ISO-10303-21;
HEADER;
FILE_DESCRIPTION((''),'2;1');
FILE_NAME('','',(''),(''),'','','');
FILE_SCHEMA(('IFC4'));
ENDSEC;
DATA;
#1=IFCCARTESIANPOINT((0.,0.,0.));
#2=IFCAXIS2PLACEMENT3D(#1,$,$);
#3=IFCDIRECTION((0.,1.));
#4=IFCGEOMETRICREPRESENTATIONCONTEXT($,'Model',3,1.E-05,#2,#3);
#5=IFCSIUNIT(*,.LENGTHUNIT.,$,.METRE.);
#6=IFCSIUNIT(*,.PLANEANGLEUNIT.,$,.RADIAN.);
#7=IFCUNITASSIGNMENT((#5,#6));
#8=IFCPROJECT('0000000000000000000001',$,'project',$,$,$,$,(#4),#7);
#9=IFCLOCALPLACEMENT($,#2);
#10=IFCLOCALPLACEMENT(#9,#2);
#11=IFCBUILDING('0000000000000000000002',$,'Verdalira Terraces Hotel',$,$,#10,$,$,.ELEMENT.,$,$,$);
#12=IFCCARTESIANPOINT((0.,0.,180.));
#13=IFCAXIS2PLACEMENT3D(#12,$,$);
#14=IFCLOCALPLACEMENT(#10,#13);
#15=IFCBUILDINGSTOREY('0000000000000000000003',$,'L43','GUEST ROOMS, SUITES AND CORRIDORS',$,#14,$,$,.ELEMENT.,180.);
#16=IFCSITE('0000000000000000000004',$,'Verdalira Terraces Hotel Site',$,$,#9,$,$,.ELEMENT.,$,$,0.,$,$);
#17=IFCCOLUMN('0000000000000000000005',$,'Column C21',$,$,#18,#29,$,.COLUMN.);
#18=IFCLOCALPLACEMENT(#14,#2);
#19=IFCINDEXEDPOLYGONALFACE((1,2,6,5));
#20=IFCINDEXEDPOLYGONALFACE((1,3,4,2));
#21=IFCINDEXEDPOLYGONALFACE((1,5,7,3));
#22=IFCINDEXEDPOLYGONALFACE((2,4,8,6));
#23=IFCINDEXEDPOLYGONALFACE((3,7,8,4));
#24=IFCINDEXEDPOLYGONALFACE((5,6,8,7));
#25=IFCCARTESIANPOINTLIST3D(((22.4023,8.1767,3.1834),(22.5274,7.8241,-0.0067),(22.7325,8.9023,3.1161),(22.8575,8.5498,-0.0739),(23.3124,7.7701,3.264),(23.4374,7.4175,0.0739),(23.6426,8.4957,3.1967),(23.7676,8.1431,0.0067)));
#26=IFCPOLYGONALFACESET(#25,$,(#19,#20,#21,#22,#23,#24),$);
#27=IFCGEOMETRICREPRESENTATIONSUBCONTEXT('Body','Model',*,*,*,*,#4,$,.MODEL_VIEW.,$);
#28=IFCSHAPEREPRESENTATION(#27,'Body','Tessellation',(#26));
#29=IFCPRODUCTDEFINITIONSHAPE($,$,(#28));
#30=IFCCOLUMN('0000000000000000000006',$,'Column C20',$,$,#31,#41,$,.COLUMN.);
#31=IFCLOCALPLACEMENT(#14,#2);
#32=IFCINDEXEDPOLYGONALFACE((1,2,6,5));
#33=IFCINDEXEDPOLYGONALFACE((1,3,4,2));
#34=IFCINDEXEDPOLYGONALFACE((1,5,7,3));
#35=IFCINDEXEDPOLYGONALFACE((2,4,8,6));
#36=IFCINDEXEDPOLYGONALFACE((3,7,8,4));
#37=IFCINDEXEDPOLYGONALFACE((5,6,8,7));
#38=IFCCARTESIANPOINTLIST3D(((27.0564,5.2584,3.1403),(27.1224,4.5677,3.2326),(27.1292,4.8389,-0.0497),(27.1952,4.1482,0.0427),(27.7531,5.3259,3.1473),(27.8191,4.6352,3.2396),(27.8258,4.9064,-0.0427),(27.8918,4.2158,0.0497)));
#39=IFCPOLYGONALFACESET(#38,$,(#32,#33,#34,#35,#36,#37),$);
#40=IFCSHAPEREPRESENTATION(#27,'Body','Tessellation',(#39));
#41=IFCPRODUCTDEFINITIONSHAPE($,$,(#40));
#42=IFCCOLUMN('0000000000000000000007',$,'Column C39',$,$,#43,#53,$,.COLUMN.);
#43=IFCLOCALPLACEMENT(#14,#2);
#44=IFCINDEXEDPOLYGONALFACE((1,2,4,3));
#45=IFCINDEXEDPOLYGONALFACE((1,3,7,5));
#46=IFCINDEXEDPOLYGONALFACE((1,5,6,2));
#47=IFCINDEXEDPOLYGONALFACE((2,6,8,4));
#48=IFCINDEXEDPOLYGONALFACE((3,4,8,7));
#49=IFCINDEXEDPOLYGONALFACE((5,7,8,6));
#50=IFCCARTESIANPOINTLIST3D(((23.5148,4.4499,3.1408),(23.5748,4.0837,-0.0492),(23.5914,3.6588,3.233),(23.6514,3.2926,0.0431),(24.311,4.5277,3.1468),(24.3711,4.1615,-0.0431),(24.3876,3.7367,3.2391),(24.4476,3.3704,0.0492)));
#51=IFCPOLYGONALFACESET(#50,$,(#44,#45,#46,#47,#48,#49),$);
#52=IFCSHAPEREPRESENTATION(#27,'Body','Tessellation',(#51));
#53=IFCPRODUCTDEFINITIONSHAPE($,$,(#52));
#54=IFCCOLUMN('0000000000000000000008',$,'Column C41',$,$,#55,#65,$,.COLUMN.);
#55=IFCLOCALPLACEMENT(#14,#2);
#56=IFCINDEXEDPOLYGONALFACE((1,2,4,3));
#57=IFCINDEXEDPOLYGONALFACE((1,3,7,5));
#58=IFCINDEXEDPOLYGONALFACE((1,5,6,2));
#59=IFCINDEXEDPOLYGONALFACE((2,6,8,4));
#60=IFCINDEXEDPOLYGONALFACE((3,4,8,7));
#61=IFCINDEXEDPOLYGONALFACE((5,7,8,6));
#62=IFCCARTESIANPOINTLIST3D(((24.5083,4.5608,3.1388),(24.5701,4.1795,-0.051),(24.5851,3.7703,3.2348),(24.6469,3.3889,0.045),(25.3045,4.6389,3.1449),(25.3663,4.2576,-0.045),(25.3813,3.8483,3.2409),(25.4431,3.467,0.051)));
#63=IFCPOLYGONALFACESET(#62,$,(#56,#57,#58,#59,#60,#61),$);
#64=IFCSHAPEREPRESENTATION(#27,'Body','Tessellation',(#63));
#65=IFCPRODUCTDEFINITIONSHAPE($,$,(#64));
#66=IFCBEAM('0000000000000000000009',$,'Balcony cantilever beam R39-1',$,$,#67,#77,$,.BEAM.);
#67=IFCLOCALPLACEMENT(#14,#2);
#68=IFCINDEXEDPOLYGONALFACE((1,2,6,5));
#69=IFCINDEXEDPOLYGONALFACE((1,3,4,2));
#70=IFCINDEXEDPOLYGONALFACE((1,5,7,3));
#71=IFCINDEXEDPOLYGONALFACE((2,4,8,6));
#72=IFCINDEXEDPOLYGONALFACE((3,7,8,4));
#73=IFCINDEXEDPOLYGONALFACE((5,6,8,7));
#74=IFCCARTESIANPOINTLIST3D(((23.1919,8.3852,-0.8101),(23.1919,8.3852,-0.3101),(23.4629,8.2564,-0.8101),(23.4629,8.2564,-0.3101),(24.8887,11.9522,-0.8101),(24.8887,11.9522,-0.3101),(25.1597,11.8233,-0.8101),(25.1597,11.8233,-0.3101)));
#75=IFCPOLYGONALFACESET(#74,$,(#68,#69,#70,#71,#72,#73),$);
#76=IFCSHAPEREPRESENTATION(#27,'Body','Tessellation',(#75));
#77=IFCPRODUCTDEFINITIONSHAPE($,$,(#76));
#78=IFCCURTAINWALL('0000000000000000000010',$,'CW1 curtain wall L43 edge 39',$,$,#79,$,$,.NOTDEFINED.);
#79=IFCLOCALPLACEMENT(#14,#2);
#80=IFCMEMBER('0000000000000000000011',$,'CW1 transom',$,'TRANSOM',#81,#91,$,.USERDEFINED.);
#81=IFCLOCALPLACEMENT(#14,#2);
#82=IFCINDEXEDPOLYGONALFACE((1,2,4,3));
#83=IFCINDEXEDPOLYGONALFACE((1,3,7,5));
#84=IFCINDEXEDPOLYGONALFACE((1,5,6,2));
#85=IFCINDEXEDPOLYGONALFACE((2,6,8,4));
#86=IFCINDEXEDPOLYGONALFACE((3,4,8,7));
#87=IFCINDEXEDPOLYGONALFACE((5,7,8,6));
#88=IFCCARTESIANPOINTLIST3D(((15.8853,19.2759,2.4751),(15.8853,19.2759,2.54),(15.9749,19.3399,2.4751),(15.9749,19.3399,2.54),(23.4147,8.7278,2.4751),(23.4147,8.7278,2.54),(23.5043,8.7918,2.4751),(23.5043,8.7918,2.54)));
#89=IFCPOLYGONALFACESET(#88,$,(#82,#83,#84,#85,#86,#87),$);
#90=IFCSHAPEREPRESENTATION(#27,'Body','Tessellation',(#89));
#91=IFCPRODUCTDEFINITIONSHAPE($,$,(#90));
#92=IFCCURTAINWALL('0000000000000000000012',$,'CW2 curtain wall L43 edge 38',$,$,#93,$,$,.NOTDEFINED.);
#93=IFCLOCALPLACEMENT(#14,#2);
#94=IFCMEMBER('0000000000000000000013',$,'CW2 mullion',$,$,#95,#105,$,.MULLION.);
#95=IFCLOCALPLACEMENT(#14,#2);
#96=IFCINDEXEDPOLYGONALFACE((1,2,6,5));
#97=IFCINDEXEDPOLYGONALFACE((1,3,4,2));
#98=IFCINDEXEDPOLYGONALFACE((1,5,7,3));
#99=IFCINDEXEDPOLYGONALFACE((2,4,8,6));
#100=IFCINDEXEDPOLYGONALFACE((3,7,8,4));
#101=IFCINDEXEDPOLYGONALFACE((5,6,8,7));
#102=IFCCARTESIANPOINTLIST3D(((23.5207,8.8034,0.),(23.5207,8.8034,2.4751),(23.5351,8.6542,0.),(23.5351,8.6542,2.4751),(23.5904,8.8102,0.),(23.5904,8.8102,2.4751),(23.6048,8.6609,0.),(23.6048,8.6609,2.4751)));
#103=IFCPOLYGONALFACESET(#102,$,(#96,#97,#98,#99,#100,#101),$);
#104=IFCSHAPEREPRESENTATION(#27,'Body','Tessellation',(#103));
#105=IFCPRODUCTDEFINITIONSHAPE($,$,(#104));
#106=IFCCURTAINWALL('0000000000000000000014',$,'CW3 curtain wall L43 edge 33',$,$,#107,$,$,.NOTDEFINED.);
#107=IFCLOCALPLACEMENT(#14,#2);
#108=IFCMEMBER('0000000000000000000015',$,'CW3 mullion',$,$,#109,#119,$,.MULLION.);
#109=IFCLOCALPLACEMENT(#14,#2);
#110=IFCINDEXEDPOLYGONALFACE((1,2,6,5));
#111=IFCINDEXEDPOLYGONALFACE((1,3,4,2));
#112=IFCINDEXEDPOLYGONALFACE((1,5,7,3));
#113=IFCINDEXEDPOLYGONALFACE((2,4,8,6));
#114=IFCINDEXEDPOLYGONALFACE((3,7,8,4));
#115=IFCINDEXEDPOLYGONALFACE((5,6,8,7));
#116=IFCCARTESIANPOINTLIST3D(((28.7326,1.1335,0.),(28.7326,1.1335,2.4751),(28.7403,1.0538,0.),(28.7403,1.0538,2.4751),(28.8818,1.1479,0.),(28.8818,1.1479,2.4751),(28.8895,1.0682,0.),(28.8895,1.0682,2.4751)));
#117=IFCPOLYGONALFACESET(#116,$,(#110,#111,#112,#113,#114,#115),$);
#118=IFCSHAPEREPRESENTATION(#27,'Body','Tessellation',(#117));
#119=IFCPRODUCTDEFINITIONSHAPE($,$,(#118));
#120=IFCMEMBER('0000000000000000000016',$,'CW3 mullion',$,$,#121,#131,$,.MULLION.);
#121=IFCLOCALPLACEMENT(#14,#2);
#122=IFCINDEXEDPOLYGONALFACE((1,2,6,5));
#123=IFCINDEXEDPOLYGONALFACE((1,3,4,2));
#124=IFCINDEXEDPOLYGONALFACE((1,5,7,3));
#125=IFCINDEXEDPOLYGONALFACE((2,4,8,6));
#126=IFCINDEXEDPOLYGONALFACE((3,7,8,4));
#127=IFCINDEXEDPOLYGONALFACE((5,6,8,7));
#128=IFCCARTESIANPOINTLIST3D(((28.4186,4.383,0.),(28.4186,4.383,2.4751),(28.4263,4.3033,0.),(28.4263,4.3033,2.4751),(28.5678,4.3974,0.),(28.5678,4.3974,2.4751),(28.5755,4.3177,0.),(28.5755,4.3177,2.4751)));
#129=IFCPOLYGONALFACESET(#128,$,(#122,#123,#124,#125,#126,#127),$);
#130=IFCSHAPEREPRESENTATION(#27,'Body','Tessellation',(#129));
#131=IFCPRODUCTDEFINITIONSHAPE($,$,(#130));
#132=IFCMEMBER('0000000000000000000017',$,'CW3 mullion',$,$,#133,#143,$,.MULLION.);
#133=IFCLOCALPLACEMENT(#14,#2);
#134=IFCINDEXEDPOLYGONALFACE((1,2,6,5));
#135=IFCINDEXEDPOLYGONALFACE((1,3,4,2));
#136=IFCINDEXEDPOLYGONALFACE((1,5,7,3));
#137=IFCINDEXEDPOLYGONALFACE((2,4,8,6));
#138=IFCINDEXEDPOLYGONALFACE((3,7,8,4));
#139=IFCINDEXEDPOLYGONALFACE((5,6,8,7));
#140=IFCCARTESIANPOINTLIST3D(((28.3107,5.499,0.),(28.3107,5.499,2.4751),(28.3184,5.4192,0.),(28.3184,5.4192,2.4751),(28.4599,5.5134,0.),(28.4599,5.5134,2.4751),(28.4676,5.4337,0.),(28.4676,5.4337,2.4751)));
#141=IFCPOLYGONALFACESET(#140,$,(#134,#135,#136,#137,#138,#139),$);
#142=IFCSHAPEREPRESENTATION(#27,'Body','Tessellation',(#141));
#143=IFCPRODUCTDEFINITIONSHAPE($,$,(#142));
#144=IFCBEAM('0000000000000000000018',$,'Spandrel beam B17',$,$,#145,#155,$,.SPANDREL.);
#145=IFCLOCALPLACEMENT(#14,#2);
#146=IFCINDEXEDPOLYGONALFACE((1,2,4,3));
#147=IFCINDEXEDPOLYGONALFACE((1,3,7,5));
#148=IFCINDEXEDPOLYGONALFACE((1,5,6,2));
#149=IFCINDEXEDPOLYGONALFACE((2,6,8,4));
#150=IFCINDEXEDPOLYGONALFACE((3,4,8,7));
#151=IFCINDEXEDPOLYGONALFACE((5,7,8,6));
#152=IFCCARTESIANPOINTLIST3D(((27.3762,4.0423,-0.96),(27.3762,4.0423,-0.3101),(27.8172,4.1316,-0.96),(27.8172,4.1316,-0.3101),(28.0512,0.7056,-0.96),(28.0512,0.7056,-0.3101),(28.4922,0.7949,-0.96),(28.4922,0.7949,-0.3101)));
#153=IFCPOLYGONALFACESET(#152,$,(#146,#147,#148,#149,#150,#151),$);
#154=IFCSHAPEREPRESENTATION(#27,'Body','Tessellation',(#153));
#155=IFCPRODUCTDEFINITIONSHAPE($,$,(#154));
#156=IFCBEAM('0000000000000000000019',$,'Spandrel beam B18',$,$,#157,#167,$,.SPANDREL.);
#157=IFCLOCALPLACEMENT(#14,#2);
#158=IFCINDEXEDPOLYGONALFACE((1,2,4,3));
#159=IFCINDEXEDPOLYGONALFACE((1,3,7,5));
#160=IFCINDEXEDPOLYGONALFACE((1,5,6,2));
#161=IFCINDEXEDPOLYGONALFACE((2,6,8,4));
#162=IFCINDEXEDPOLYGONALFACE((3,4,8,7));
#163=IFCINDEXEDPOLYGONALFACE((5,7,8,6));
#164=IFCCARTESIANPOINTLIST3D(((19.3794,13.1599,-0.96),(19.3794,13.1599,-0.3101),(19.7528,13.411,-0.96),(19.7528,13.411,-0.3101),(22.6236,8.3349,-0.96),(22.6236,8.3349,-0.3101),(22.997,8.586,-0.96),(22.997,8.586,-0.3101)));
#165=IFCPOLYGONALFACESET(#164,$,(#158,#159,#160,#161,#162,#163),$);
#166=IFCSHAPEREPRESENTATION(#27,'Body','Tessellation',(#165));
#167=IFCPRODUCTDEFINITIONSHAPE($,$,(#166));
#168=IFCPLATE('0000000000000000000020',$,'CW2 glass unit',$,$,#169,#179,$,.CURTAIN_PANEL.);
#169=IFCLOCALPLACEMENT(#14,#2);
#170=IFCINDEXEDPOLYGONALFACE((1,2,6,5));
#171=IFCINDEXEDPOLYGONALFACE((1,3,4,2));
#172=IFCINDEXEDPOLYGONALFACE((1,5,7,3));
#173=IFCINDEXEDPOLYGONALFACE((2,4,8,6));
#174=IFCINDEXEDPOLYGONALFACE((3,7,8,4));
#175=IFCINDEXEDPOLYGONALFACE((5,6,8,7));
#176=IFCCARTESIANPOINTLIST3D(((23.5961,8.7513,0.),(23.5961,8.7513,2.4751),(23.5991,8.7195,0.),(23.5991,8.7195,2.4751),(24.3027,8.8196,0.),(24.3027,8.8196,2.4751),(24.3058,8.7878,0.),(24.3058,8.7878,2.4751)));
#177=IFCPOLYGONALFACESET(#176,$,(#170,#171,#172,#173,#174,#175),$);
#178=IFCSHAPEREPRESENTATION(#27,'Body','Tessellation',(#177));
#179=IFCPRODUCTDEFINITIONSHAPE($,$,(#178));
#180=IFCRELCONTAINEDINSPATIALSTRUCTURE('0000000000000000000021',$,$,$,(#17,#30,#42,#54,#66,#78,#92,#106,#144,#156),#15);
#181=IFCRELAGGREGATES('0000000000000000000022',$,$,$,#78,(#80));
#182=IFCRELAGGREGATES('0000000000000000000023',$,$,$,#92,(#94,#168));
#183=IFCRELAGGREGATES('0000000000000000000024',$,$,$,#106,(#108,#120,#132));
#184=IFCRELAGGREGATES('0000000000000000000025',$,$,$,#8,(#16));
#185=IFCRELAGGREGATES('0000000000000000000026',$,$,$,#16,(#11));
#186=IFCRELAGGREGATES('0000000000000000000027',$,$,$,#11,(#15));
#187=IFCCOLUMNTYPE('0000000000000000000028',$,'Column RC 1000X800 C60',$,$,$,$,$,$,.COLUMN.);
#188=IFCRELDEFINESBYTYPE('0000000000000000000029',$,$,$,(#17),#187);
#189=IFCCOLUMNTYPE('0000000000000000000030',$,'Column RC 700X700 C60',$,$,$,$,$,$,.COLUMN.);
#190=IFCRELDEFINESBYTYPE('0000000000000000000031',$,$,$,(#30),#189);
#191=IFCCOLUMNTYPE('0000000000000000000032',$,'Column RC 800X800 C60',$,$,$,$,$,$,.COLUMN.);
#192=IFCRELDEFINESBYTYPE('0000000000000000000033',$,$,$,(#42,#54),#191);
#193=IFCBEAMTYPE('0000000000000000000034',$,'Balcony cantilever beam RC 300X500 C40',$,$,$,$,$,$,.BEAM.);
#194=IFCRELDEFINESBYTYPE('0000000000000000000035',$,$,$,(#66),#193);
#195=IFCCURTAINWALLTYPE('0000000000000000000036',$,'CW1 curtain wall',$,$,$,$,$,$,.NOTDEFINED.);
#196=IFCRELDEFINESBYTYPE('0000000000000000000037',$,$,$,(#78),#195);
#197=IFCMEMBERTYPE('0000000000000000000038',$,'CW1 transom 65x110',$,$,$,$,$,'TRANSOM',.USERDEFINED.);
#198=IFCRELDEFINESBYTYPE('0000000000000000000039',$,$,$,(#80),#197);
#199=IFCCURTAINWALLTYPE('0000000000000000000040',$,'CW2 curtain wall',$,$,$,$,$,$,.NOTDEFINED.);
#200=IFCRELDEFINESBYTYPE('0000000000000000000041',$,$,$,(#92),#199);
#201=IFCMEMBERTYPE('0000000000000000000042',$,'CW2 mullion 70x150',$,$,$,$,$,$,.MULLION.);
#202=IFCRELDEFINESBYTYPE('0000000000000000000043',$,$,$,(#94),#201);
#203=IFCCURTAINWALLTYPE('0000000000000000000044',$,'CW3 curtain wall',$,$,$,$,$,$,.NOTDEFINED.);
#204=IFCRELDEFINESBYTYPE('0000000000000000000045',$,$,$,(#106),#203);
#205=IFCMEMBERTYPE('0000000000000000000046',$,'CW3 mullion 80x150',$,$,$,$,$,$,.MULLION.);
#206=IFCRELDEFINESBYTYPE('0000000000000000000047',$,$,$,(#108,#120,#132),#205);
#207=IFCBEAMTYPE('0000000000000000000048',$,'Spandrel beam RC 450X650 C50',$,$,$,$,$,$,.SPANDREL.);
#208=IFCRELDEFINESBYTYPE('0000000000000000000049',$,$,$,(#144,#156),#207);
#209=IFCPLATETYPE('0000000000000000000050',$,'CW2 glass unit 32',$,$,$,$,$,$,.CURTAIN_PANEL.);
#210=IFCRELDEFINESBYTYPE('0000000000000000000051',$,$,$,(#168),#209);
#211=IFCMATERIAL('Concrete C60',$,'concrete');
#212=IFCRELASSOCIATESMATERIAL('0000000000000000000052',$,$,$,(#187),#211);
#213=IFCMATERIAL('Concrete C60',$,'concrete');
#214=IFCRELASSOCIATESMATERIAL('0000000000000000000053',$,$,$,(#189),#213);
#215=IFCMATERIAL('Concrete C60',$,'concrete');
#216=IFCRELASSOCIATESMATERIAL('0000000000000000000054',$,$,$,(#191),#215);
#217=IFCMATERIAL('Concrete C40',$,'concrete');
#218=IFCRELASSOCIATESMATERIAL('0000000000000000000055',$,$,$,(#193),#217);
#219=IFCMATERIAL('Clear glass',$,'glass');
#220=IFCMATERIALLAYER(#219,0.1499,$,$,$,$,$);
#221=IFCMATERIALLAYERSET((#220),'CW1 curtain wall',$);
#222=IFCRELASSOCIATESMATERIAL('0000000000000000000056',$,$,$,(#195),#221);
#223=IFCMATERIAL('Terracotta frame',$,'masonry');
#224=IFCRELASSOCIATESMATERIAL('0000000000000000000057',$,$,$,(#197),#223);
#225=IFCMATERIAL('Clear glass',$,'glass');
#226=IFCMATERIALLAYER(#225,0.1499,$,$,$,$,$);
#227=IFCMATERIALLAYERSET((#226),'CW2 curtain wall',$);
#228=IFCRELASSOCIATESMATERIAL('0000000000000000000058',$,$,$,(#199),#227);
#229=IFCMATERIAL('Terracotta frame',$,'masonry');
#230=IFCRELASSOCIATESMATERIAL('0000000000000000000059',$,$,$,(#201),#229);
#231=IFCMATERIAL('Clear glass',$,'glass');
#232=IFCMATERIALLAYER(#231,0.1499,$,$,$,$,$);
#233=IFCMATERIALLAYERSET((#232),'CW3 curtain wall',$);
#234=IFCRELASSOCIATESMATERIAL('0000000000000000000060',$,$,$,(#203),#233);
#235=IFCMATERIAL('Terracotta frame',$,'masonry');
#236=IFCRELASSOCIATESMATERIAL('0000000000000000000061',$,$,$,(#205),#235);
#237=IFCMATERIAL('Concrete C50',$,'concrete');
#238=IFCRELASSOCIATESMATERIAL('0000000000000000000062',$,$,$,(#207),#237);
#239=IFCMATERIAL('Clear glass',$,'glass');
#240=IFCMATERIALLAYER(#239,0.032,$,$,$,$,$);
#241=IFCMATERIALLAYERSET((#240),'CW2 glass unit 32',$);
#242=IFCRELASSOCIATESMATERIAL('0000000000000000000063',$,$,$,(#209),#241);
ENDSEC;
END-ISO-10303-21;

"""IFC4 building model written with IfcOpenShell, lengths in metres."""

from ifc_helpers import new_model, si_unit, direction, frame, origin, origin_2d, place, context, subcontext, project, spatial, rectangle, extrude, material, layer, layer_set, material_profile, profile_set, type_object, element, aggregate, save


model = new_model("IFC4")

# Units and contexts
model_context = context("Model", 3, precision=1e-05, world=origin(), true_north=direction((0.0, 1.0)))
body_context = subcontext(model_context, "Body", "Model", "MODEL_VIEW")
ifc_project = project(units=[si_unit("LENGTHUNIT", "METRE"), si_unit("PLANEANGLEUNIT", "RADIAN")], contexts=[model_context])

# Site, building, storey
site_placement = place(None, origin())
site = spatial("IfcSite", under=ifc_project, at=site_placement, Name="Verdalira Terraces Hotel Site", CompositionType="ELEMENT", RefElevation=0.0)
building_placement = place(site_placement, origin())
building = spatial("IfcBuilding", under=site, at=building_placement, Name="Verdalira Terraces Hotel", CompositionType="ELEMENT")
storey_placement = place(building_placement, frame((0.0, 0.0, 180.0)))
storey = spatial("IfcBuildingStorey", under=building, at=storey_placement, Name="L43", Description="GUEST ROOMS, SUITES AND CORRIDORS", CompositionType="ELEMENT", Elevation=180.0)

# Columns
ifc_material_1 = material(Name="Concrete C60", Category="concrete")
ifc_material_profile_1 = material_profile(ifc_material_1, rectangle(XDim=1.0, YDim=0.8, at=origin_2d()), Name="RC 1000X800")
ifc_profile_set_1 = profile_set([ifc_material_profile_1], Name="Concrete C60")
column_type_1 = type_object("IfcColumnType", Name="Column RC 1000X800 C60", PredefinedType="COLUMN", material=ifc_profile_set_1)
column_1_placement = place(storey_placement, frame((23.1475, 7.9836, 0.0), z_axis=(-0.038919, 0.109764, 0.993195), x_axis=(0.910036, -0.406619, 0.080598)))
element("IfcColumn", 1, at=column_1_placement, inside=storey, type_object=column_type_1, Name="Column C21", PredefinedType="COLUMN", context=body_context, shape_type="SweptSolid", body=[
    extrude(rectangle(XDim=1.0, YDim=0.8, at=origin_2d()), origin(), (0.0, 0.0, 1.0), 3.2119),
])
ifc_material_2 = material(Name="Concrete C60", Category="concrete")
ifc_material_profile_2 = material_profile(ifc_material_2, rectangle(XDim=0.7, YDim=0.7, at=origin_2d()), Name="RC 700X700")
ifc_profile_set_2 = profile_set([ifc_material_profile_2], Name="Concrete C60")
column_type_2 = type_object("IfcColumnType", Name="Column RC 700X700 C60", PredefinedType="COLUMN", material=ifc_profile_set_2)
column_2_placement = place(storey_placement, frame((27.5105, 4.5273, 0.0), z_axis=(-0.022607, 0.130331, 0.991213), x_axis=(-0.094299, 0.986768, -0.131897)))
element("IfcColumn", 2, at=column_2_placement, inside=storey, type_object=column_type_2, Name="Column C20", PredefinedType="COLUMN", context=body_context, shape_type="SweptSolid", body=[
    extrude(rectangle(XDim=0.7, YDim=0.7, at=origin_2d()), origin(), (0.0, 0.0, 1.0), 3.2183),
])
ifc_material_3 = material(Name="Concrete C60", Category="concrete")
ifc_material_profile_3 = material_profile(ifc_material_3, rectangle(XDim=0.8, YDim=0.8, at=origin_2d()), Name="RC 800X800")
ifc_profile_set_3 = profile_set([ifc_material_profile_3], Name="Concrete C60")
column_type_3 = type_object("IfcColumnType", Name="Column RC 800X800 C60", PredefinedType="COLUMN", material=ifc_profile_set_3)
column_3_placement = place(storey_placement, frame((24.0112, 3.7271, 0.0), z_axis=(-0.018701, 0.114033, 0.993301), x_axis=(0.995231, 0.09725, 0.007573)))
element("IfcColumn", 3, at=column_3_placement, inside=storey, type_object=column_type_3, Name="Column C39", PredefinedType="COLUMN", context=body_context, shape_type="SweptSolid", body=[
    extrude(rectangle(XDim=0.8, YDim=0.8, at=origin_2d()), origin(), (0.0, 0.0, 1.0), 3.2114),
])
column_4_placement = place(storey_placement, frame((25.0066, 3.8232, 0.0), z_axis=(-0.019223, 0.11868, 0.992746), x_axis=(0.995198, 0.097589, 0.007604)))
element("IfcColumn", 4, at=column_4_placement, inside=storey, type_object=column_type_3, Name="Column C41", PredefinedType="COLUMN", context=body_context, shape_type="SweptSolid", body=[
    extrude(rectangle(XDim=0.8, YDim=0.8, at=origin_2d()), origin(), (0.0, 0.0, 1.0), 3.2131),
])

# Beam
ifc_material_4 = material(Name="Concrete C40", Category="concrete")
ifc_material_profile_4 = material_profile(ifc_material_4, rectangle(XDim=0.3, YDim=0.5, at=origin_2d()), Name="RC 300X500")
ifc_profile_set_4 = profile_set([ifc_material_profile_4], Name="Concrete C40")
beam_type_1 = type_object("IfcBeamType", Name="Balcony cantilever beam RC 300X500 C40", PredefinedType="BEAM", material=ifc_profile_set_4)
beam_1_placement = place(storey_placement, frame((23.3274, 8.3208, -0.5601), z_axis=(0.429574, 0.903032, 0.0), x_axis=(-0.903032, 0.429574, 0.0)))
element("IfcBeam", 5, at=beam_1_placement, inside=storey, type_object=beam_type_1, Name="Balcony cantilever beam R39-1", PredefinedType="BEAM", context=body_context, shape_type="SweptSolid", body=[
    extrude(rectangle(XDim=0.3, YDim=0.5, at=origin_2d()), origin(), (0.0, 0.0, 1.0), 3.95),
])

# Curtain walls, members
ifc_material_5 = material(Name="Clear glass", Category="glass")
ifc_layer_1 = layer(ifc_material_5, 0.1499)
ifc_layer_set_1 = layer_set([ifc_layer_1], Name="CW1 curtain wall")
curtain_wall_type_1 = type_object("IfcCurtainWallType", Name="CW1 curtain wall", PredefinedType="NOTDEFINED", material=ifc_layer_set_1)
curtain_wall_1_placement = place(storey_placement, origin())
curtain_wall_1 = element("IfcCurtainWall", 6, at=curtain_wall_1_placement, inside=storey, type_object=curtain_wall_type_1, Name="CW1 curtain wall L43 edge 39", PredefinedType="NOTDEFINED")
ifc_material_6 = material(Name="Terracotta frame", Category="masonry")
ifc_material_profile_5 = material_profile(ifc_material_6, rectangle(XDim=0.1101, YDim=0.0649, at=origin_2d()), Name="TR 65x110")
ifc_profile_set_5 = profile_set([ifc_material_profile_5], Name="Terracotta frame")
member_type_1 = type_object("IfcMemberType", Name="CW1 transom 65x110", ElementType="TRANSOM", PredefinedType="USERDEFINED", material=ifc_profile_set_5)
member_1_placement = place(storey_placement, frame((23.4595, 8.7598, 2.5076), z_axis=(-0.58098, 0.813918, 0.0), x_axis=(-0.813918, -0.58098, 0.0)))
member_1 = element("IfcMember", 7, at=member_1_placement, type_object=member_type_1, Name="CW1 transom", ObjectType="TRANSOM", PredefinedType="USERDEFINED", context=body_context, shape_type="SweptSolid", body=[
    extrude(rectangle(XDim=0.1101, YDim=0.0649, at=origin_2d()), origin(), (0.0, 0.0, 1.0), 12.9597),
])
aggregate(curtain_wall_1, [member_1])
ifc_material_7 = material(Name="Clear glass", Category="glass")
ifc_layer_2 = layer(ifc_material_7, 0.1499)
ifc_layer_set_2 = layer_set([ifc_layer_2], Name="CW2 curtain wall")
curtain_wall_type_2 = type_object("IfcCurtainWallType", Name="CW2 curtain wall", PredefinedType="NOTDEFINED", material=ifc_layer_set_2)
curtain_wall_2_placement = place(storey_placement, origin())
curtain_wall_2 = element("IfcCurtainWall", 8, at=curtain_wall_2_placement, inside=storey, type_object=curtain_wall_type_2, Name="CW2 curtain wall L43 edge 38", PredefinedType="NOTDEFINED")
ifc_material_8 = material(Name="Terracotta frame", Category="masonry")
ifc_material_profile_6 = material_profile(ifc_material_8, rectangle(XDim=0.0701, YDim=0.1499, at=origin_2d()), Name="MU 70x150")
ifc_profile_set_6 = profile_set([ifc_material_profile_6], Name="Terracotta frame")
member_type_2 = type_object("IfcMemberType", Name="CW2 mullion 70x150", PredefinedType="MULLION", material=ifc_profile_set_6)
member_2_placement = place(storey_placement, frame((23.5627, 8.7322, 0.0), z_axis=(0.0, 0.0, 1.0), x_axis=(-0.995363, -0.096193, 0.0)))
member_2 = element("IfcMember", 9, at=member_2_placement, type_object=member_type_2, Name="CW2 mullion", PredefinedType="MULLION", context=body_context, shape_type="SweptSolid", body=[
    extrude(rectangle(XDim=0.0701, YDim=0.1499, at=origin_2d()), origin(), (0.0, 0.0, 1.0), 2.4751),
])

# Curtain wall, members
ifc_material_9 = material(Name="Clear glass", Category="glass")
ifc_layer_3 = layer(ifc_material_9, 0.1499)
ifc_layer_set_3 = layer_set([ifc_layer_3], Name="CW3 curtain wall")
curtain_wall_type_3 = type_object("IfcCurtainWallType", Name="CW3 curtain wall", PredefinedType="NOTDEFINED", material=ifc_layer_set_3)
curtain_wall_3_placement = place(storey_placement, origin())
curtain_wall_3 = element("IfcCurtainWall", 10, at=curtain_wall_3_placement, inside=storey, type_object=curtain_wall_type_3, Name="CW3 curtain wall L43 edge 33", PredefinedType="NOTDEFINED")
ifc_material_10 = material(Name="Terracotta frame", Category="masonry")
ifc_material_profile_7 = material_profile(ifc_material_10, rectangle(XDim=0.0801, YDim=0.1499, at=origin_2d()), Name="MU 80x150")
ifc_profile_set_7 = profile_set([ifc_material_profile_7], Name="Terracotta frame")
member_type_3 = type_object("IfcMemberType", Name="CW3 mullion 80x150", PredefinedType="MULLION", material=ifc_profile_set_7)
member_3_placement = place(storey_placement, frame((28.811, 1.1008, 0.0), z_axis=(0.0, 0.0, 1.0), x_axis=(-0.096193, 0.995363, 0.0)))
member_3 = element("IfcMember", 11, at=member_3_placement, type_object=member_type_3, Name="CW3 mullion", PredefinedType="MULLION", context=body_context, shape_type="SweptSolid", body=[
    extrude(rectangle(XDim=0.0801, YDim=0.1499, at=origin_2d()), origin(), (0.0, 0.0, 1.0), 2.4751),
])
member_4_placement = place(storey_placement, frame((28.4971, 4.3503, 0.0), z_axis=(0.0, 0.0, 1.0), x_axis=(-0.096193, 0.995363, 0.0)))
member_4 = element("IfcMember", 12, at=member_4_placement, type_object=member_type_3, Name="CW3 mullion", PredefinedType="MULLION", context=body_context, shape_type="SweptSolid", body=[
    extrude(rectangle(XDim=0.0801, YDim=0.1499, at=origin_2d()), origin(), (0.0, 0.0, 1.0), 2.4751),
])
member_5_placement = place(storey_placement, frame((28.3892, 5.4663, 0.0), z_axis=(0.0, 0.0, 1.0), x_axis=(-0.096193, 0.995363, 0.0)))
member_5 = element("IfcMember", 13, at=member_5_placement, type_object=member_type_3, Name="CW3 mullion", PredefinedType="MULLION", context=body_context, shape_type="SweptSolid", body=[
    extrude(rectangle(XDim=0.0801, YDim=0.1499, at=origin_2d()), origin(), (0.0, 0.0, 1.0), 2.4751),
])

# Beams
ifc_material_11 = material(Name="Concrete C50", Category="concrete")
ifc_material_profile_8 = material_profile(ifc_material_11, rectangle(XDim=0.45, YDim=0.6499, at=origin_2d()), Name="RC 450X650")
ifc_profile_set_8 = profile_set([ifc_material_profile_8], Name="Concrete C50")
beam_type_2 = type_object("IfcBeamType", Name="Spandrel beam RC 450X650 C50", PredefinedType="SPANDREL", material=ifc_profile_set_8)
beam_2_placement = place(storey_placement, frame((28.2717, 0.7502, -0.635), z_axis=(-0.198295, 0.980142, 0.0), x_axis=(-0.980142, -0.198295, 0.0)))
element("IfcBeam", 14, at=beam_2_placement, inside=storey, type_object=beam_type_2, Name="Spandrel beam B17", PredefinedType="SPANDREL", context=body_context, shape_type="SweptSolid", body=[
    extrude(rectangle(XDim=0.45, YDim=0.6499, at=origin_2d()), origin(), (0.0, 0.0, 1.0), 3.4043),
])
beam_3_placement = place(storey_placement, frame((22.8103, 8.4604, -0.635), z_axis=(-0.557971, 0.82986, 0.0), x_axis=(-0.82986, -0.557971, 0.0)))
element("IfcBeam", 15, at=beam_3_placement, inside=storey, type_object=beam_type_2, Name="Spandrel beam B18", PredefinedType="SPANDREL", context=body_context, shape_type="SweptSolid", body=[
    extrude(rectangle(XDim=0.45, YDim=0.6499, at=origin_2d()), origin(), (0.0, 0.0, 1.0), 5.8142),
])

# Plate
ifc_material_12 = material(Name="Clear glass", Category="glass")
ifc_layer_4 = layer(ifc_material_12, 0.032)
ifc_layer_set_4 = layer_set([ifc_layer_4], Name="CW2 glass unit 32")
plate_type_1 = type_object("IfcPlateType", Name="CW2 glass unit 32", PredefinedType="CURTAIN_PANEL", material=ifc_layer_set_4)
plate_1_placement = place(storey_placement, frame((23.9509, 8.7695, 0.0), z_axis=(0.0, 0.0, 1.0), x_axis=(-0.995363, -0.096193, 0.0)))
plate_1 = element("IfcPlate", 16, at=plate_1_placement, type_object=plate_type_1, Name="CW2 glass unit", PredefinedType="CURTAIN_PANEL", context=body_context, shape_type="SweptSolid", body=[
    extrude(rectangle(XDim=0.71, YDim=0.032, at=origin_2d()), origin(), (0.0, 0.0, 1.0), 2.4751),
])
aggregate(curtain_wall_2, [member_2, plate_1])
aggregate(curtain_wall_3, [member_3, member_4, member_5])

save(model, "model.ifc")
